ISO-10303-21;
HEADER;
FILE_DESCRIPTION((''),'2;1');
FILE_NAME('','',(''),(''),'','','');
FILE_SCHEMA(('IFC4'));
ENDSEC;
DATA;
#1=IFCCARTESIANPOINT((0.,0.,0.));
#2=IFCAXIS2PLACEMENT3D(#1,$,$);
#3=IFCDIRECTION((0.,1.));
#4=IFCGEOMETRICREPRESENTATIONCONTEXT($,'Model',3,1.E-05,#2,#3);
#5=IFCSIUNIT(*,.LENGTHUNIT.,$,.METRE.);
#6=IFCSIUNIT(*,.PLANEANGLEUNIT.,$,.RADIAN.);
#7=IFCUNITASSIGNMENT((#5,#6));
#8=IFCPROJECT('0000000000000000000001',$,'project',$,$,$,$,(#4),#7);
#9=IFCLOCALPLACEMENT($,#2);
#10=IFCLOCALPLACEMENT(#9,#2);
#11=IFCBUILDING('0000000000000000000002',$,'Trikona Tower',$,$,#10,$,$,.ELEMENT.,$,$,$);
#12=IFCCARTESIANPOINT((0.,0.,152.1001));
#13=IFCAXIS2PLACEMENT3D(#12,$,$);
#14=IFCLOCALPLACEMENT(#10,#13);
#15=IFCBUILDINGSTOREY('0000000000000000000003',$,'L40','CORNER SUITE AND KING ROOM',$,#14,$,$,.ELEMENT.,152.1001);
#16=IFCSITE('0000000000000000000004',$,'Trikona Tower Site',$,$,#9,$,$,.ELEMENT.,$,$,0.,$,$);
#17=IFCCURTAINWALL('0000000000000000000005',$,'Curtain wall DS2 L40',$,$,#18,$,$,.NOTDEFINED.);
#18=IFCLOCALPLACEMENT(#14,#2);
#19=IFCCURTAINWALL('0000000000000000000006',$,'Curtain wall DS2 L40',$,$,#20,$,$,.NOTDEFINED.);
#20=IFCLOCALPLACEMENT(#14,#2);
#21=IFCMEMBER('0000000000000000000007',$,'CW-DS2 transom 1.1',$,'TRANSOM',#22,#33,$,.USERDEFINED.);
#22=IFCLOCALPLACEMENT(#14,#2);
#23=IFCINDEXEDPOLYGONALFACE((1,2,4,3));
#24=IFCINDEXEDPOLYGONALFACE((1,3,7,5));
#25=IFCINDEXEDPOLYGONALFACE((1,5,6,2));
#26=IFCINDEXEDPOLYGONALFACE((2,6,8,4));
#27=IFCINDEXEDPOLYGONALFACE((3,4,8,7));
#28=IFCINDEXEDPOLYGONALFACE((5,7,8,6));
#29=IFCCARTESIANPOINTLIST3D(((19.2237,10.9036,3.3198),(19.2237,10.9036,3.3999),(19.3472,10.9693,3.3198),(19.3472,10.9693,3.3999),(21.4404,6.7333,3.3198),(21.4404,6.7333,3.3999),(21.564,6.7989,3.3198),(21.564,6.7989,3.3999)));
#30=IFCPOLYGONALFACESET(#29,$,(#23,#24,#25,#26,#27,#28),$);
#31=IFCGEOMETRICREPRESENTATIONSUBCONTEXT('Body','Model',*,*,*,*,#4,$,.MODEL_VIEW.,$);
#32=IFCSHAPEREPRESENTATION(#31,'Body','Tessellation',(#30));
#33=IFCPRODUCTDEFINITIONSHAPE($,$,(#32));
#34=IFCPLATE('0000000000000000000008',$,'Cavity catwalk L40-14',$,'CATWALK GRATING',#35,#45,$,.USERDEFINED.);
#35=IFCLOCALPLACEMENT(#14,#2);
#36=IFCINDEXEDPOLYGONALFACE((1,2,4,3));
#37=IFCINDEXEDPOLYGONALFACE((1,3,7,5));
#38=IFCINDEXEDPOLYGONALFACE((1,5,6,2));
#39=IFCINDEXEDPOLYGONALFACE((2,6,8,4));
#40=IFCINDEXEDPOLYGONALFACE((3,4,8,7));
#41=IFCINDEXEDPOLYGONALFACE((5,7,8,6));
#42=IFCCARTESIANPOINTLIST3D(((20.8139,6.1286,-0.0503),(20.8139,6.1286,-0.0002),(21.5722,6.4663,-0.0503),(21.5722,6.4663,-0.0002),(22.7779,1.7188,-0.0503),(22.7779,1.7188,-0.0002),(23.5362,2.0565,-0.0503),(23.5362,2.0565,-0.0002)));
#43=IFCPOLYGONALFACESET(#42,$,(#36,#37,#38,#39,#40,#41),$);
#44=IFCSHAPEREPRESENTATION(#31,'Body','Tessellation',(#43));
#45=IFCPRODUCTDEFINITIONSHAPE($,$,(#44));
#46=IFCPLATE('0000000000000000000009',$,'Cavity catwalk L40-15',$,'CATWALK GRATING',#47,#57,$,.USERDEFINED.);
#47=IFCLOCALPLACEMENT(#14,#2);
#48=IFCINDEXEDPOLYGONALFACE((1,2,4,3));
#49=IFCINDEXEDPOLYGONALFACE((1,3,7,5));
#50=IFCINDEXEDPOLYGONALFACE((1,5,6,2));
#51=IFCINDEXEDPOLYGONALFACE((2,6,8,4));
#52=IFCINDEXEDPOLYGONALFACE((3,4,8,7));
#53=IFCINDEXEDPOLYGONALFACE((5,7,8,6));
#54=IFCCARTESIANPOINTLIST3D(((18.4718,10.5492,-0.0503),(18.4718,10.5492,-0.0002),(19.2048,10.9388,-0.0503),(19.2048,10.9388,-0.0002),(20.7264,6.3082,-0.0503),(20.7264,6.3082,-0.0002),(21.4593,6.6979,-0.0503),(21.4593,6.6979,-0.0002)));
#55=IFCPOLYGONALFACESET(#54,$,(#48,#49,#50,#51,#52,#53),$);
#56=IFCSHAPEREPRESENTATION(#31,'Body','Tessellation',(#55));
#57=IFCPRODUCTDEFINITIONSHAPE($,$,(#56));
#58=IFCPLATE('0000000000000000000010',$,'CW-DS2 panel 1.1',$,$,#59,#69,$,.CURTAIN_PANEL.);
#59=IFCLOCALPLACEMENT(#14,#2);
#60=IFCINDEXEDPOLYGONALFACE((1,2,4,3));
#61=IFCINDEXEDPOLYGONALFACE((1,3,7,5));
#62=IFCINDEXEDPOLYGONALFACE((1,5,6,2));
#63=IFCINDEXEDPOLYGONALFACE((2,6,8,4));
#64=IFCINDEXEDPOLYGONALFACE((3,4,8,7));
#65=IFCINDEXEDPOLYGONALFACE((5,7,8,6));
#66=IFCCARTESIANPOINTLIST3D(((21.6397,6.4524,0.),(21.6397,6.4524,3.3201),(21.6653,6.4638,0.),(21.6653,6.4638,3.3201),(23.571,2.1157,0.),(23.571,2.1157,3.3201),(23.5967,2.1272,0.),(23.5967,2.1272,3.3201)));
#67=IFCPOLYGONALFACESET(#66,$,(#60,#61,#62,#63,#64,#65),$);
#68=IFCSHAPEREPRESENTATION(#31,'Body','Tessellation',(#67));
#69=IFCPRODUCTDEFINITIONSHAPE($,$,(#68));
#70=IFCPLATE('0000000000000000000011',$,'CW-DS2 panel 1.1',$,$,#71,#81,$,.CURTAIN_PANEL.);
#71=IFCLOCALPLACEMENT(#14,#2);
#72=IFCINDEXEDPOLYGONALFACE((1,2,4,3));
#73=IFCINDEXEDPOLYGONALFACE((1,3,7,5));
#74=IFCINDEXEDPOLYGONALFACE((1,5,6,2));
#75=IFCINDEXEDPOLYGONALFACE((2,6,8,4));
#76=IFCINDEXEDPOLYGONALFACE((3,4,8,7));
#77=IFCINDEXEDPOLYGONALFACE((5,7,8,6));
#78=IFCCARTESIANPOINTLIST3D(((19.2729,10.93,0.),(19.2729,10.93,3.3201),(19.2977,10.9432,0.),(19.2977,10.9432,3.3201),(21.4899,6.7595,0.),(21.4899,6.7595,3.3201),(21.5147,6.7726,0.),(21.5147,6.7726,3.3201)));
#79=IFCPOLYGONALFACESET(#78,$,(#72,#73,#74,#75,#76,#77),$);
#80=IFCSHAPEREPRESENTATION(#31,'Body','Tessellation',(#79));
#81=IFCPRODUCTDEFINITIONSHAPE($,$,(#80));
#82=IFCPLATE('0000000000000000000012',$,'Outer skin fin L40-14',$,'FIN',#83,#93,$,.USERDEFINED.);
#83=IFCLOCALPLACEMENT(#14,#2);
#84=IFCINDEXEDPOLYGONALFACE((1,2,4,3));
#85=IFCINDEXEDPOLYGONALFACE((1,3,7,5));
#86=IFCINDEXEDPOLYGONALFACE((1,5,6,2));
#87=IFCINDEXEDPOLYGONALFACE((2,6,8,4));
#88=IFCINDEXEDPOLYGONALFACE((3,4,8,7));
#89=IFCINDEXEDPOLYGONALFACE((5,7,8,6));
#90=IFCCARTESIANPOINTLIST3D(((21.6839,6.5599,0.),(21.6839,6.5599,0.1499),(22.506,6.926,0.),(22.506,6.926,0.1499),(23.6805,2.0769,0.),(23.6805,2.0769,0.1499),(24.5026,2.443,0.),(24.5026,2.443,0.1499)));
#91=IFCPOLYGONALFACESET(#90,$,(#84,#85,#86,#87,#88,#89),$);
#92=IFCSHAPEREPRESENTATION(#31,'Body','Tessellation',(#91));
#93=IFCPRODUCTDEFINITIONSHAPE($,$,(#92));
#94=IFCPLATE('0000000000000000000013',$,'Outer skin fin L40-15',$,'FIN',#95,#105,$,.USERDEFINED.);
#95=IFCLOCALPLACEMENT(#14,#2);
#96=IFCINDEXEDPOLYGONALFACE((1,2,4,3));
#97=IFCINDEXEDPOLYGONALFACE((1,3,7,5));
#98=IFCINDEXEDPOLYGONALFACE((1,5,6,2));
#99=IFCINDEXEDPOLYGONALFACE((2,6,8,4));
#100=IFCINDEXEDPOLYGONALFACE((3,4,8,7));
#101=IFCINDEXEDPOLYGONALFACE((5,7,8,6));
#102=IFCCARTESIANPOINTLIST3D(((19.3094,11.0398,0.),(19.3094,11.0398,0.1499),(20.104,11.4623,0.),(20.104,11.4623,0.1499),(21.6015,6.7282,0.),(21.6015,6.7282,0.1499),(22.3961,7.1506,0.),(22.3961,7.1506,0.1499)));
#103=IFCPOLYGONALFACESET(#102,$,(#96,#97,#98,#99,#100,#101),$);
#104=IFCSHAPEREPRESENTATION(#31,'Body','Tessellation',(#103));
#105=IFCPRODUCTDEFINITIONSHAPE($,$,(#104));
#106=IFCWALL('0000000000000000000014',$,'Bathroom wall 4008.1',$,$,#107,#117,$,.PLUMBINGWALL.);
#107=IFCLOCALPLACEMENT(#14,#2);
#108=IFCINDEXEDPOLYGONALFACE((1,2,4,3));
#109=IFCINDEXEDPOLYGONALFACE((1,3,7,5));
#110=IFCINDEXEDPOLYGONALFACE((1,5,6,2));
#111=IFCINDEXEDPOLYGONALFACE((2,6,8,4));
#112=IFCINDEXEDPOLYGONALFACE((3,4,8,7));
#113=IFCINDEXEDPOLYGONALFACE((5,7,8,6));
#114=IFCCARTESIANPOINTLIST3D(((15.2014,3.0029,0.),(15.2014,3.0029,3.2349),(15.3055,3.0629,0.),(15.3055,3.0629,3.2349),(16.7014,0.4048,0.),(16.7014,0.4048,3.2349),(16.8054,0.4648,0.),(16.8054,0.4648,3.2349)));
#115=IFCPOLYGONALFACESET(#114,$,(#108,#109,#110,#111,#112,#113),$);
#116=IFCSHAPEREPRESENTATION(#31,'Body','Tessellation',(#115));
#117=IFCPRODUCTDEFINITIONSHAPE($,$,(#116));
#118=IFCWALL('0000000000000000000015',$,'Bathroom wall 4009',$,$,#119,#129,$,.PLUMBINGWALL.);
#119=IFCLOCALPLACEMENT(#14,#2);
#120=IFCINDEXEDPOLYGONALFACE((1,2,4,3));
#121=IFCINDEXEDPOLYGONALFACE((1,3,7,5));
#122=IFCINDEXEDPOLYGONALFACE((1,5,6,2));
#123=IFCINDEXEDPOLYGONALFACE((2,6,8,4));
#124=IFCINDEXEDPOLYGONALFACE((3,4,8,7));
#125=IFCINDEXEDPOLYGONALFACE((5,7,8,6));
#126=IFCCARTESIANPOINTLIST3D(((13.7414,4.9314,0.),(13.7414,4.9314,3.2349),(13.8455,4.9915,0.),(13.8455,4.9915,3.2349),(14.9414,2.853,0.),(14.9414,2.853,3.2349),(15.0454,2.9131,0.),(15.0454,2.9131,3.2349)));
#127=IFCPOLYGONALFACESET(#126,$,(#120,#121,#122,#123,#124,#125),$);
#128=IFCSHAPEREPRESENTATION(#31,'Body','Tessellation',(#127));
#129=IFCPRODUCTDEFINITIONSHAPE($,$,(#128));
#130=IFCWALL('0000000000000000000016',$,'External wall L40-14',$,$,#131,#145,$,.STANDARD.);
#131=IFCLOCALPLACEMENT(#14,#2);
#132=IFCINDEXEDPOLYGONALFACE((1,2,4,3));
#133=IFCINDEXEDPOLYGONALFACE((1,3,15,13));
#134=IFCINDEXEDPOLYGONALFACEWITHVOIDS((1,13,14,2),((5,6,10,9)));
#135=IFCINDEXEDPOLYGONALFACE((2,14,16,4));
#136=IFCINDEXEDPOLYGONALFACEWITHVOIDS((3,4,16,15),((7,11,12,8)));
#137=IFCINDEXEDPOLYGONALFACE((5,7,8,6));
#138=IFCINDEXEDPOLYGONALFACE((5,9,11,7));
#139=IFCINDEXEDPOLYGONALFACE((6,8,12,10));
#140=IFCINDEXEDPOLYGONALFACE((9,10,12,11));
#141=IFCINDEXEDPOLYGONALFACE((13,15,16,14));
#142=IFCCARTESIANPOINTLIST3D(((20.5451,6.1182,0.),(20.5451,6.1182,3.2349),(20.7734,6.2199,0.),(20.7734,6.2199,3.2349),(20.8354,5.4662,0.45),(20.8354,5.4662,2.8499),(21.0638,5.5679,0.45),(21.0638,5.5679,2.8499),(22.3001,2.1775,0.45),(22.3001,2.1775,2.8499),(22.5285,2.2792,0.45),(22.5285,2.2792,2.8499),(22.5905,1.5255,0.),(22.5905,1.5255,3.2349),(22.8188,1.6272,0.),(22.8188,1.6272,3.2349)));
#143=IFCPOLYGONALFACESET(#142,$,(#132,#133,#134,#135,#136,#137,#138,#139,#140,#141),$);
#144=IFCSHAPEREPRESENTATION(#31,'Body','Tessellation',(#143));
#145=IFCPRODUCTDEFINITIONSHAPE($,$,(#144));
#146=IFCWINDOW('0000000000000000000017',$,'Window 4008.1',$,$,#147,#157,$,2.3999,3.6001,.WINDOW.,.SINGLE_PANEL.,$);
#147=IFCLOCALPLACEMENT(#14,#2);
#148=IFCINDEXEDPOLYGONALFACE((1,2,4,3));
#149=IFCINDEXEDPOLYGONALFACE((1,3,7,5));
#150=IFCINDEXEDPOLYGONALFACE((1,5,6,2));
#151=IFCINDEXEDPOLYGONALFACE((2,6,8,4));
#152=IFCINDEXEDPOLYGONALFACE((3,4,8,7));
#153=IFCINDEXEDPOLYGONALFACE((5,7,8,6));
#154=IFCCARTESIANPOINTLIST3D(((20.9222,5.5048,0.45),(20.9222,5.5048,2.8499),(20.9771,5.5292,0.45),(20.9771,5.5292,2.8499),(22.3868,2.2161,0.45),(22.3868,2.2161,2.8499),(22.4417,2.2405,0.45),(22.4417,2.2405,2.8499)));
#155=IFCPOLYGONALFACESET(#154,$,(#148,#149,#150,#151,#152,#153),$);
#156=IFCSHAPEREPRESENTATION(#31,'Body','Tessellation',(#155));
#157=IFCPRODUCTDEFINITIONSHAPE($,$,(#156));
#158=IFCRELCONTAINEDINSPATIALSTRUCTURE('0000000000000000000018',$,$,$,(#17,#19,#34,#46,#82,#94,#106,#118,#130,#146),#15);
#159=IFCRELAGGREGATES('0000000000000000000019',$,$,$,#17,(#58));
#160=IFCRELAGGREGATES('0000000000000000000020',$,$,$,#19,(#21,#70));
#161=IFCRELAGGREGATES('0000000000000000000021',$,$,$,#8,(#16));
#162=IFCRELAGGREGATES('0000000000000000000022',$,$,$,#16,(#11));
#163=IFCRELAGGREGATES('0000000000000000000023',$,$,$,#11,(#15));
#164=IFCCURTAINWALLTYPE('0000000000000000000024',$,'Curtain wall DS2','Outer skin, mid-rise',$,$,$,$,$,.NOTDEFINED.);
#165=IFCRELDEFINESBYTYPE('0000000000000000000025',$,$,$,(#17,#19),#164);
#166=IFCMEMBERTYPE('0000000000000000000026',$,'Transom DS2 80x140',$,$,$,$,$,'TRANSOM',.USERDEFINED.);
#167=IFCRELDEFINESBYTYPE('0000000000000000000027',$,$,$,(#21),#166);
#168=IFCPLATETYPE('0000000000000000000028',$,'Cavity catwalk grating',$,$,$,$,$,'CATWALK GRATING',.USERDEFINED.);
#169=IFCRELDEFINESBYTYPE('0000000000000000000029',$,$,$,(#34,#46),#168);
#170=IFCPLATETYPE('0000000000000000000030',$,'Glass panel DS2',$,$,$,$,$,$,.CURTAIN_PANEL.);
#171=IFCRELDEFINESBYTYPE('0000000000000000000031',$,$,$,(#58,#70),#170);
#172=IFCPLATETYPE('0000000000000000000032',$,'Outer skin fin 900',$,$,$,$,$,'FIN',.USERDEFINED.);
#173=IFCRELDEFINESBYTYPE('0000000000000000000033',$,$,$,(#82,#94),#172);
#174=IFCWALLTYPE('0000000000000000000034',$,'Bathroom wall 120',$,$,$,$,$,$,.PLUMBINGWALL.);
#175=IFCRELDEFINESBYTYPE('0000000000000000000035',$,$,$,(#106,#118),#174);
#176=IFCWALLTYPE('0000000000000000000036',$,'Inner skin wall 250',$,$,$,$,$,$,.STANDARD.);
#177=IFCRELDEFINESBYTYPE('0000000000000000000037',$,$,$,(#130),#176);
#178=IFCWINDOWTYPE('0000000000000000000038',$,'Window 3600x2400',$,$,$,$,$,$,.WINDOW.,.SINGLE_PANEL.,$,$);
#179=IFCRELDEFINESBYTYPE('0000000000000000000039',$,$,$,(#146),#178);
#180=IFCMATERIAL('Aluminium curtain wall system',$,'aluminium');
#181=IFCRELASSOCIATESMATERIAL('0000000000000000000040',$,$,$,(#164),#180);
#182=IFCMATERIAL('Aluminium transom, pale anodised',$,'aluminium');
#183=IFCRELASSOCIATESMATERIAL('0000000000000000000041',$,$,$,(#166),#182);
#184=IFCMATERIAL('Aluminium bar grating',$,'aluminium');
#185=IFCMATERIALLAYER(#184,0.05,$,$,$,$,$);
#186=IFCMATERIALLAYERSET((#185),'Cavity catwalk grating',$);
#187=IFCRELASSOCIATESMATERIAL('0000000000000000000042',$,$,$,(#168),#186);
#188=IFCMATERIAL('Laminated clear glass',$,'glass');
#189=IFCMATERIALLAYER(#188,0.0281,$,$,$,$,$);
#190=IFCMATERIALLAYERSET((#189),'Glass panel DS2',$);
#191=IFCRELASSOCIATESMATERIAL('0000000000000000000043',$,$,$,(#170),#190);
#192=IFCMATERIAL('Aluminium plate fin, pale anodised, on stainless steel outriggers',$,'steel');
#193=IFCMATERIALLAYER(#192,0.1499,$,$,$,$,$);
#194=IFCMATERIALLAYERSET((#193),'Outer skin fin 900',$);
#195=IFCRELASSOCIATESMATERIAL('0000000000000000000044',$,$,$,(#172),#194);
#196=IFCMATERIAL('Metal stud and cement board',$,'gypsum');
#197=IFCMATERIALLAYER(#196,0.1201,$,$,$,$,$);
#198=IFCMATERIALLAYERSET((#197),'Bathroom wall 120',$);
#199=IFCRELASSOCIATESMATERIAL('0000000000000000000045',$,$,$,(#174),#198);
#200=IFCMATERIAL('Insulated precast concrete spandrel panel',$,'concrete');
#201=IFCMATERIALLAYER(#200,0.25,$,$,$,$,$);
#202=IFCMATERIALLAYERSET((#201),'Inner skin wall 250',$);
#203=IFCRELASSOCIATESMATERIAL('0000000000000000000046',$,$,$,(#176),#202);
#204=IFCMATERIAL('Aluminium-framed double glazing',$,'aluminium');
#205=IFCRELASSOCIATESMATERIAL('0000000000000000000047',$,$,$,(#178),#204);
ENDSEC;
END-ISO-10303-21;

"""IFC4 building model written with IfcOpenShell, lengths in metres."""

from ifc_helpers import new_model, si_unit, direction, frame, frame_2d, origin, origin_2d, place, context, subcontext, project, spatial, rectangle, extrude, material, layer, layer_set, material_profile, profile_set, type_object, element, fill, aggregate, save


model = new_model("IFC4")

# Units and contexts
model_context = context("Model", 3, precision=1e-05, world=origin(), true_north=direction((0.0, 1.0)))
body_context = subcontext(model_context, "Body", "Model", "MODEL_VIEW")
ifc_project = project(units=[si_unit("LENGTHUNIT", "METRE"), si_unit("PLANEANGLEUNIT", "RADIAN")], contexts=[model_context])

# Site, building, storey
site_placement = place(None, origin())
site = spatial("IfcSite", under=ifc_project, at=site_placement, Name="Trikona Tower Site", CompositionType="ELEMENT", RefElevation=0.0)
building_placement = place(site_placement, origin())
building = spatial("IfcBuilding", under=site, at=building_placement, Name="Trikona Tower", CompositionType="ELEMENT")
storey_placement = place(building_placement, frame((0.0, 0.0, 152.1001)))
storey = spatial("IfcBuildingStorey", under=building, at=storey_placement, Name="L40", Description="CORNER SUITE AND KING ROOM", CompositionType="ELEMENT", Elevation=152.1001)

# Shared definitions
ifc_material_1 = material(Name="Aluminium curtain wall system", Category="aluminium")
curtain_wall_type = type_object("IfcCurtainWallType", Name="Curtain wall DS2", Description="Outer skin, mid-rise", PredefinedType="NOTDEFINED", material=ifc_material_1)

# Curtain walls
curtain_wall_1_placement = place(storey_placement, origin())
curtain_wall_1 = element("IfcCurtainWall", 1, at=curtain_wall_1_placement, inside=storey, type_object=curtain_wall_type, Name="Curtain wall DS2 L40", PredefinedType="NOTDEFINED")
curtain_wall_2_placement = place(storey_placement, origin())
curtain_wall_2 = element("IfcCurtainWall", 2, at=curtain_wall_2_placement, inside=storey, type_object=curtain_wall_type, Name="Curtain wall DS2 L40", PredefinedType="NOTDEFINED")

# Member
ifc_material_2 = material(Name="Aluminium transom, pale anodised", Category="aluminium")
ifc_material_profile_1 = material_profile(ifc_material_2, rectangle(XDim=0.1399, YDim=0.0801, at=origin_2d()), Name="TRN-DS2")
ifc_profile_set_1 = profile_set([ifc_material_profile_1], Name="Aluminium transom, pale anodised")
member_type_1 = type_object("IfcMemberType", Name="Transom DS2 80x140", ElementType="TRANSOM", PredefinedType="USERDEFINED", material=ifc_profile_set_1)
member_1_placement = place(storey_placement, frame((21.5022, 6.7661, 3.3599), z_axis=(-0.469364, 0.883005, 0.0), x_axis=(-0.883005, -0.469364, 0.0)))
member_1 = element("IfcMember", 3, at=member_1_placement, type_object=member_type_1, Name="CW-DS2 transom 1.1", ObjectType="TRANSOM", PredefinedType="USERDEFINED", context=body_context, shape_type="SweptSolid", body=[
    extrude(rectangle(XDim=0.1399, YDim=0.0801, at=origin_2d()), origin(), (0.0, 0.0, 1.0), 4.7229),
])

# Plates
ifc_material_3 = material(Name="Aluminium bar grating", Category="aluminium")
ifc_layer_1 = layer(ifc_material_3, 0.05)
ifc_layer_set_1 = layer_set([ifc_layer_1], Name="Cavity catwalk grating")
plate_type_1 = type_object("IfcPlateType", Name="Cavity catwalk grating", ElementType="CATWALK GRATING", PredefinedType="USERDEFINED", material=ifc_layer_set_1)
plate_1_placement = place(storey_placement, frame((22.175, 4.0925, -0.0503), z_axis=(0.0, 0.0, 1.0), x_axis=(-0.406843, 0.913498, 0.0)))
element("IfcPlate", 4, at=plate_1_placement, inside=storey, type_object=plate_type_1, Name="Cavity catwalk L40-14", ObjectType="CATWALK GRATING", PredefinedType="USERDEFINED", context=body_context, shape_type="SweptSolid", body=[
    extrude(rectangle(XDim=4.8274, YDim=0.8301, at=origin_2d()), origin(), (0.0, 0.0, 1.0), 0.05),
])
plate_2_placement = place(storey_placement, frame((19.9656, 8.6235, -0.0503), z_axis=(0.0, 0.0, 1.0), x_axis=(-0.469398, 0.882987, 0.0)))
element("IfcPlate", 5, at=plate_2_placement, inside=storey, type_object=plate_type_1, Name="Cavity catwalk L40-15", ObjectType="CATWALK GRATING", PredefinedType="USERDEFINED", context=body_context, shape_type="SweptSolid", body=[
    extrude(rectangle(XDim=4.803, YDim=0.8301, at=origin_2d()), origin(), (0.0, 0.0, 1.0), 0.05),
])

# Plates
ifc_material_4 = material(Name="Laminated clear glass", Category="glass")
ifc_layer_2 = layer(ifc_material_4, 0.0281)
ifc_layer_set_2 = layer_set([ifc_layer_2], Name="Glass panel DS2")
plate_type_2 = type_object("IfcPlateType", Name="Glass panel DS2", PredefinedType="CURTAIN_PANEL", material=ifc_layer_set_2)
plate_3_placement = place(storey_placement, frame((22.6182, 4.2898, 0.0), z_axis=(0.0, 0.0, 1.0), x_axis=(-0.406836, 0.913501, 0.0)))
plate_3 = element("IfcPlate", 6, at=plate_3_placement, type_object=plate_type_2, Name="CW-DS2 panel 1.1", PredefinedType="CURTAIN_PANEL", context=body_context, shape_type="SweptSolid", body=[
    extrude(rectangle(XDim=4.7473, YDim=0.0281, at=origin_2d()), origin(), (0.0, 0.0, 1.0), 3.3201),
])
aggregate(curtain_wall_1, [plate_3])
plate_4_placement = place(storey_placement, frame((20.3938, 8.8513, 0.0), z_axis=(0.0, 0.0, 1.0), x_axis=(-0.46938, 0.882996, 0.0)))
plate_4 = element("IfcPlate", 7, at=plate_4_placement, type_object=plate_type_2, Name="CW-DS2 panel 1.1", PredefinedType="CURTAIN_PANEL", context=body_context, shape_type="SweptSolid", body=[
    extrude(rectangle(XDim=4.7231, YDim=0.0281, at=origin_2d()), origin(), (0.0, 0.0, 1.0), 3.3201),
])
aggregate(curtain_wall_2, [member_1, plate_4])

# Plates
ifc_material_5 = material(Name="Aluminium plate fin, pale anodised, on stainless steel outriggers", Category="steel")
ifc_layer_3 = layer(ifc_material_5, 0.1499)
ifc_layer_set_3 = layer_set([ifc_layer_3], Name="Outer skin fin 900")
plate_type_3 = type_object("IfcPlateType", Name="Outer skin fin 900", ElementType="FIN", PredefinedType="USERDEFINED", material=ifc_layer_set_3)
plate_5_placement = place(storey_placement, frame((23.0933, 4.5015, 0.0), z_axis=(0.0, 0.0, 1.0), x_axis=(-0.406843, 0.913498, 0.0)))
element("IfcPlate", 8, at=plate_5_placement, inside=storey, type_object=plate_type_3, Name="Outer skin fin L40-14", ObjectType="FIN", PredefinedType="USERDEFINED", context=body_context, shape_type="SweptSolid", body=[
    extrude(rectangle(XDim=4.9075, YDim=0.8999, at=origin_2d()), origin(), (0.0, 0.0, 1.0), 0.1499),
])
plate_6_placement = place(storey_placement, frame((20.8528, 9.0952, 0.0), z_axis=(0.0, 0.0, 1.0), x_axis=(-0.469398, 0.882987, 0.0)))
element("IfcPlate", 9, at=plate_6_placement, inside=storey, type_object=plate_type_3, Name="Outer skin fin L40-15", ObjectType="FIN", PredefinedType="USERDEFINED", context=body_context, shape_type="SweptSolid", body=[
    extrude(rectangle(XDim=4.8831, YDim=0.8999, at=origin_2d()), origin(), (0.0, 0.0, 1.0), 0.1499),
])

# Walls
ifc_material_6 = material(Name="Metal stud and cement board", Category="gypsum")
ifc_layer_4 = layer(ifc_material_6, 0.1201)
ifc_layer_set_4 = layer_set([ifc_layer_4], Name="Bathroom wall 120")
wall_type_1 = type_object("IfcWallType", Name="Bathroom wall 120", PredefinedType="PLUMBINGWALL", material=ifc_layer_set_4)
wall_1_placement = place(storey_placement, frame((16.7534, 0.4348, 0.0), z_axis=(0.0, 0.0, 1.0), x_axis=(-0.49999, 0.866031, 0.0)))
element("IfcWall", 10, at=wall_1_placement, inside=storey, type_object=wall_type_1, Name="Bathroom wall 4008.1", PredefinedType="PLUMBINGWALL", context=body_context, shape_type="SweptSolid", body=[
    extrude(rectangle(XDim=3.0, YDim=0.1201, at=frame_2d((1.5, 0.0))), origin(), (0.0, 0.0, 1.0), 3.2349),
])
wall_2_placement = place(storey_placement, frame((14.9934, 2.8831, 0.0), z_axis=(0.0, 0.0, 1.0), x_axis=(-0.500001, 0.866025, 0.0)))
element("IfcWall", 11, at=wall_2_placement, inside=storey, type_object=wall_type_1, Name="Bathroom wall 4009", PredefinedType="PLUMBINGWALL", context=body_context, shape_type="SweptSolid", body=[
    extrude(rectangle(XDim=2.3999, YDim=0.1201, at=frame_2d((1.2, 0.0))), origin(), (0.0, 0.0, 1.0), 3.2349),
])

# Wall, opening, window
ifc_material_7 = material(Name="Insulated precast concrete spandrel panel", Category="concrete")
ifc_layer_5 = layer(ifc_material_7, 0.25)
ifc_layer_set_5 = layer_set([ifc_layer_5], Name="Inner skin wall 250")
wall_type_2 = type_object("IfcWallType", Name="Inner skin wall 250", PredefinedType="STANDARD", material=ifc_layer_set_5)
wall_3_placement = place(storey_placement, frame((22.7046, 1.5764, 0.0), z_axis=(0.0, 0.0, 1.0), x_axis=(-0.406832, 0.913503, 0.0)))
wall_3 = element("IfcWall", 12, at=wall_3_placement, inside=storey, type_object=wall_type_2, Name="External wall L40-14", PredefinedType="STANDARD", context=body_context, shape_type="SweptSolid", body=[
    extrude(rectangle(XDim=5.0276, YDim=0.25, at=frame_2d((2.5137, 0.0))), origin(), (0.0, 0.0, 1.0), 3.2349),
])
opening_1_placement = place(wall_3_placement, frame((0.7136, 0.0, 0.45)))
opening_1 = element("IfcOpeningElement", 13, at=opening_1_placement, cuts=wall_3, PredefinedType="OPENING", context=body_context, shape_type="SweptSolid", body=[
    extrude(rectangle(XDim=3.6001, YDim=2.3999, at=frame_2d((1.8, 1.2))), frame((0.0, 0.135, 0.0), z_axis=(0.0, -1.0, 0.0), x_axis=(1.0, 0.0, 0.0)), (0.0, 0.0, 1.0), 0.27),
])
ifc_material_8 = material(Name="Aluminium-framed double glazing", Category="aluminium")
window_type = type_object("IfcWindowType", Name="Window 3600x2400", PartitioningType="SINGLE_PANEL", PredefinedType="WINDOW", material=ifc_material_8)
window_1_placement = place(opening_1_placement, origin())
window_1 = element("IfcWindow", 14, at=window_1_placement, inside=storey, type_object=window_type, Name="Window 4008.1", OverallHeight=2.3999, OverallWidth=3.6001, PartitioningType="SINGLE_PANEL", PredefinedType="WINDOW", context=body_context, shape_type="SweptSolid", body=[
    extrude(rectangle(XDim=3.6001, YDim=2.3999, at=frame_2d((1.8, 1.2))), frame((0.0, 0.03, 0.0), z_axis=(0.0, -1.0, 0.0), x_axis=(1.0, 0.0, 0.0)), (0.0, 0.0, 1.0), 0.0601),
])
fill(opening_1, window_1)

save(model, "model.ifc")
